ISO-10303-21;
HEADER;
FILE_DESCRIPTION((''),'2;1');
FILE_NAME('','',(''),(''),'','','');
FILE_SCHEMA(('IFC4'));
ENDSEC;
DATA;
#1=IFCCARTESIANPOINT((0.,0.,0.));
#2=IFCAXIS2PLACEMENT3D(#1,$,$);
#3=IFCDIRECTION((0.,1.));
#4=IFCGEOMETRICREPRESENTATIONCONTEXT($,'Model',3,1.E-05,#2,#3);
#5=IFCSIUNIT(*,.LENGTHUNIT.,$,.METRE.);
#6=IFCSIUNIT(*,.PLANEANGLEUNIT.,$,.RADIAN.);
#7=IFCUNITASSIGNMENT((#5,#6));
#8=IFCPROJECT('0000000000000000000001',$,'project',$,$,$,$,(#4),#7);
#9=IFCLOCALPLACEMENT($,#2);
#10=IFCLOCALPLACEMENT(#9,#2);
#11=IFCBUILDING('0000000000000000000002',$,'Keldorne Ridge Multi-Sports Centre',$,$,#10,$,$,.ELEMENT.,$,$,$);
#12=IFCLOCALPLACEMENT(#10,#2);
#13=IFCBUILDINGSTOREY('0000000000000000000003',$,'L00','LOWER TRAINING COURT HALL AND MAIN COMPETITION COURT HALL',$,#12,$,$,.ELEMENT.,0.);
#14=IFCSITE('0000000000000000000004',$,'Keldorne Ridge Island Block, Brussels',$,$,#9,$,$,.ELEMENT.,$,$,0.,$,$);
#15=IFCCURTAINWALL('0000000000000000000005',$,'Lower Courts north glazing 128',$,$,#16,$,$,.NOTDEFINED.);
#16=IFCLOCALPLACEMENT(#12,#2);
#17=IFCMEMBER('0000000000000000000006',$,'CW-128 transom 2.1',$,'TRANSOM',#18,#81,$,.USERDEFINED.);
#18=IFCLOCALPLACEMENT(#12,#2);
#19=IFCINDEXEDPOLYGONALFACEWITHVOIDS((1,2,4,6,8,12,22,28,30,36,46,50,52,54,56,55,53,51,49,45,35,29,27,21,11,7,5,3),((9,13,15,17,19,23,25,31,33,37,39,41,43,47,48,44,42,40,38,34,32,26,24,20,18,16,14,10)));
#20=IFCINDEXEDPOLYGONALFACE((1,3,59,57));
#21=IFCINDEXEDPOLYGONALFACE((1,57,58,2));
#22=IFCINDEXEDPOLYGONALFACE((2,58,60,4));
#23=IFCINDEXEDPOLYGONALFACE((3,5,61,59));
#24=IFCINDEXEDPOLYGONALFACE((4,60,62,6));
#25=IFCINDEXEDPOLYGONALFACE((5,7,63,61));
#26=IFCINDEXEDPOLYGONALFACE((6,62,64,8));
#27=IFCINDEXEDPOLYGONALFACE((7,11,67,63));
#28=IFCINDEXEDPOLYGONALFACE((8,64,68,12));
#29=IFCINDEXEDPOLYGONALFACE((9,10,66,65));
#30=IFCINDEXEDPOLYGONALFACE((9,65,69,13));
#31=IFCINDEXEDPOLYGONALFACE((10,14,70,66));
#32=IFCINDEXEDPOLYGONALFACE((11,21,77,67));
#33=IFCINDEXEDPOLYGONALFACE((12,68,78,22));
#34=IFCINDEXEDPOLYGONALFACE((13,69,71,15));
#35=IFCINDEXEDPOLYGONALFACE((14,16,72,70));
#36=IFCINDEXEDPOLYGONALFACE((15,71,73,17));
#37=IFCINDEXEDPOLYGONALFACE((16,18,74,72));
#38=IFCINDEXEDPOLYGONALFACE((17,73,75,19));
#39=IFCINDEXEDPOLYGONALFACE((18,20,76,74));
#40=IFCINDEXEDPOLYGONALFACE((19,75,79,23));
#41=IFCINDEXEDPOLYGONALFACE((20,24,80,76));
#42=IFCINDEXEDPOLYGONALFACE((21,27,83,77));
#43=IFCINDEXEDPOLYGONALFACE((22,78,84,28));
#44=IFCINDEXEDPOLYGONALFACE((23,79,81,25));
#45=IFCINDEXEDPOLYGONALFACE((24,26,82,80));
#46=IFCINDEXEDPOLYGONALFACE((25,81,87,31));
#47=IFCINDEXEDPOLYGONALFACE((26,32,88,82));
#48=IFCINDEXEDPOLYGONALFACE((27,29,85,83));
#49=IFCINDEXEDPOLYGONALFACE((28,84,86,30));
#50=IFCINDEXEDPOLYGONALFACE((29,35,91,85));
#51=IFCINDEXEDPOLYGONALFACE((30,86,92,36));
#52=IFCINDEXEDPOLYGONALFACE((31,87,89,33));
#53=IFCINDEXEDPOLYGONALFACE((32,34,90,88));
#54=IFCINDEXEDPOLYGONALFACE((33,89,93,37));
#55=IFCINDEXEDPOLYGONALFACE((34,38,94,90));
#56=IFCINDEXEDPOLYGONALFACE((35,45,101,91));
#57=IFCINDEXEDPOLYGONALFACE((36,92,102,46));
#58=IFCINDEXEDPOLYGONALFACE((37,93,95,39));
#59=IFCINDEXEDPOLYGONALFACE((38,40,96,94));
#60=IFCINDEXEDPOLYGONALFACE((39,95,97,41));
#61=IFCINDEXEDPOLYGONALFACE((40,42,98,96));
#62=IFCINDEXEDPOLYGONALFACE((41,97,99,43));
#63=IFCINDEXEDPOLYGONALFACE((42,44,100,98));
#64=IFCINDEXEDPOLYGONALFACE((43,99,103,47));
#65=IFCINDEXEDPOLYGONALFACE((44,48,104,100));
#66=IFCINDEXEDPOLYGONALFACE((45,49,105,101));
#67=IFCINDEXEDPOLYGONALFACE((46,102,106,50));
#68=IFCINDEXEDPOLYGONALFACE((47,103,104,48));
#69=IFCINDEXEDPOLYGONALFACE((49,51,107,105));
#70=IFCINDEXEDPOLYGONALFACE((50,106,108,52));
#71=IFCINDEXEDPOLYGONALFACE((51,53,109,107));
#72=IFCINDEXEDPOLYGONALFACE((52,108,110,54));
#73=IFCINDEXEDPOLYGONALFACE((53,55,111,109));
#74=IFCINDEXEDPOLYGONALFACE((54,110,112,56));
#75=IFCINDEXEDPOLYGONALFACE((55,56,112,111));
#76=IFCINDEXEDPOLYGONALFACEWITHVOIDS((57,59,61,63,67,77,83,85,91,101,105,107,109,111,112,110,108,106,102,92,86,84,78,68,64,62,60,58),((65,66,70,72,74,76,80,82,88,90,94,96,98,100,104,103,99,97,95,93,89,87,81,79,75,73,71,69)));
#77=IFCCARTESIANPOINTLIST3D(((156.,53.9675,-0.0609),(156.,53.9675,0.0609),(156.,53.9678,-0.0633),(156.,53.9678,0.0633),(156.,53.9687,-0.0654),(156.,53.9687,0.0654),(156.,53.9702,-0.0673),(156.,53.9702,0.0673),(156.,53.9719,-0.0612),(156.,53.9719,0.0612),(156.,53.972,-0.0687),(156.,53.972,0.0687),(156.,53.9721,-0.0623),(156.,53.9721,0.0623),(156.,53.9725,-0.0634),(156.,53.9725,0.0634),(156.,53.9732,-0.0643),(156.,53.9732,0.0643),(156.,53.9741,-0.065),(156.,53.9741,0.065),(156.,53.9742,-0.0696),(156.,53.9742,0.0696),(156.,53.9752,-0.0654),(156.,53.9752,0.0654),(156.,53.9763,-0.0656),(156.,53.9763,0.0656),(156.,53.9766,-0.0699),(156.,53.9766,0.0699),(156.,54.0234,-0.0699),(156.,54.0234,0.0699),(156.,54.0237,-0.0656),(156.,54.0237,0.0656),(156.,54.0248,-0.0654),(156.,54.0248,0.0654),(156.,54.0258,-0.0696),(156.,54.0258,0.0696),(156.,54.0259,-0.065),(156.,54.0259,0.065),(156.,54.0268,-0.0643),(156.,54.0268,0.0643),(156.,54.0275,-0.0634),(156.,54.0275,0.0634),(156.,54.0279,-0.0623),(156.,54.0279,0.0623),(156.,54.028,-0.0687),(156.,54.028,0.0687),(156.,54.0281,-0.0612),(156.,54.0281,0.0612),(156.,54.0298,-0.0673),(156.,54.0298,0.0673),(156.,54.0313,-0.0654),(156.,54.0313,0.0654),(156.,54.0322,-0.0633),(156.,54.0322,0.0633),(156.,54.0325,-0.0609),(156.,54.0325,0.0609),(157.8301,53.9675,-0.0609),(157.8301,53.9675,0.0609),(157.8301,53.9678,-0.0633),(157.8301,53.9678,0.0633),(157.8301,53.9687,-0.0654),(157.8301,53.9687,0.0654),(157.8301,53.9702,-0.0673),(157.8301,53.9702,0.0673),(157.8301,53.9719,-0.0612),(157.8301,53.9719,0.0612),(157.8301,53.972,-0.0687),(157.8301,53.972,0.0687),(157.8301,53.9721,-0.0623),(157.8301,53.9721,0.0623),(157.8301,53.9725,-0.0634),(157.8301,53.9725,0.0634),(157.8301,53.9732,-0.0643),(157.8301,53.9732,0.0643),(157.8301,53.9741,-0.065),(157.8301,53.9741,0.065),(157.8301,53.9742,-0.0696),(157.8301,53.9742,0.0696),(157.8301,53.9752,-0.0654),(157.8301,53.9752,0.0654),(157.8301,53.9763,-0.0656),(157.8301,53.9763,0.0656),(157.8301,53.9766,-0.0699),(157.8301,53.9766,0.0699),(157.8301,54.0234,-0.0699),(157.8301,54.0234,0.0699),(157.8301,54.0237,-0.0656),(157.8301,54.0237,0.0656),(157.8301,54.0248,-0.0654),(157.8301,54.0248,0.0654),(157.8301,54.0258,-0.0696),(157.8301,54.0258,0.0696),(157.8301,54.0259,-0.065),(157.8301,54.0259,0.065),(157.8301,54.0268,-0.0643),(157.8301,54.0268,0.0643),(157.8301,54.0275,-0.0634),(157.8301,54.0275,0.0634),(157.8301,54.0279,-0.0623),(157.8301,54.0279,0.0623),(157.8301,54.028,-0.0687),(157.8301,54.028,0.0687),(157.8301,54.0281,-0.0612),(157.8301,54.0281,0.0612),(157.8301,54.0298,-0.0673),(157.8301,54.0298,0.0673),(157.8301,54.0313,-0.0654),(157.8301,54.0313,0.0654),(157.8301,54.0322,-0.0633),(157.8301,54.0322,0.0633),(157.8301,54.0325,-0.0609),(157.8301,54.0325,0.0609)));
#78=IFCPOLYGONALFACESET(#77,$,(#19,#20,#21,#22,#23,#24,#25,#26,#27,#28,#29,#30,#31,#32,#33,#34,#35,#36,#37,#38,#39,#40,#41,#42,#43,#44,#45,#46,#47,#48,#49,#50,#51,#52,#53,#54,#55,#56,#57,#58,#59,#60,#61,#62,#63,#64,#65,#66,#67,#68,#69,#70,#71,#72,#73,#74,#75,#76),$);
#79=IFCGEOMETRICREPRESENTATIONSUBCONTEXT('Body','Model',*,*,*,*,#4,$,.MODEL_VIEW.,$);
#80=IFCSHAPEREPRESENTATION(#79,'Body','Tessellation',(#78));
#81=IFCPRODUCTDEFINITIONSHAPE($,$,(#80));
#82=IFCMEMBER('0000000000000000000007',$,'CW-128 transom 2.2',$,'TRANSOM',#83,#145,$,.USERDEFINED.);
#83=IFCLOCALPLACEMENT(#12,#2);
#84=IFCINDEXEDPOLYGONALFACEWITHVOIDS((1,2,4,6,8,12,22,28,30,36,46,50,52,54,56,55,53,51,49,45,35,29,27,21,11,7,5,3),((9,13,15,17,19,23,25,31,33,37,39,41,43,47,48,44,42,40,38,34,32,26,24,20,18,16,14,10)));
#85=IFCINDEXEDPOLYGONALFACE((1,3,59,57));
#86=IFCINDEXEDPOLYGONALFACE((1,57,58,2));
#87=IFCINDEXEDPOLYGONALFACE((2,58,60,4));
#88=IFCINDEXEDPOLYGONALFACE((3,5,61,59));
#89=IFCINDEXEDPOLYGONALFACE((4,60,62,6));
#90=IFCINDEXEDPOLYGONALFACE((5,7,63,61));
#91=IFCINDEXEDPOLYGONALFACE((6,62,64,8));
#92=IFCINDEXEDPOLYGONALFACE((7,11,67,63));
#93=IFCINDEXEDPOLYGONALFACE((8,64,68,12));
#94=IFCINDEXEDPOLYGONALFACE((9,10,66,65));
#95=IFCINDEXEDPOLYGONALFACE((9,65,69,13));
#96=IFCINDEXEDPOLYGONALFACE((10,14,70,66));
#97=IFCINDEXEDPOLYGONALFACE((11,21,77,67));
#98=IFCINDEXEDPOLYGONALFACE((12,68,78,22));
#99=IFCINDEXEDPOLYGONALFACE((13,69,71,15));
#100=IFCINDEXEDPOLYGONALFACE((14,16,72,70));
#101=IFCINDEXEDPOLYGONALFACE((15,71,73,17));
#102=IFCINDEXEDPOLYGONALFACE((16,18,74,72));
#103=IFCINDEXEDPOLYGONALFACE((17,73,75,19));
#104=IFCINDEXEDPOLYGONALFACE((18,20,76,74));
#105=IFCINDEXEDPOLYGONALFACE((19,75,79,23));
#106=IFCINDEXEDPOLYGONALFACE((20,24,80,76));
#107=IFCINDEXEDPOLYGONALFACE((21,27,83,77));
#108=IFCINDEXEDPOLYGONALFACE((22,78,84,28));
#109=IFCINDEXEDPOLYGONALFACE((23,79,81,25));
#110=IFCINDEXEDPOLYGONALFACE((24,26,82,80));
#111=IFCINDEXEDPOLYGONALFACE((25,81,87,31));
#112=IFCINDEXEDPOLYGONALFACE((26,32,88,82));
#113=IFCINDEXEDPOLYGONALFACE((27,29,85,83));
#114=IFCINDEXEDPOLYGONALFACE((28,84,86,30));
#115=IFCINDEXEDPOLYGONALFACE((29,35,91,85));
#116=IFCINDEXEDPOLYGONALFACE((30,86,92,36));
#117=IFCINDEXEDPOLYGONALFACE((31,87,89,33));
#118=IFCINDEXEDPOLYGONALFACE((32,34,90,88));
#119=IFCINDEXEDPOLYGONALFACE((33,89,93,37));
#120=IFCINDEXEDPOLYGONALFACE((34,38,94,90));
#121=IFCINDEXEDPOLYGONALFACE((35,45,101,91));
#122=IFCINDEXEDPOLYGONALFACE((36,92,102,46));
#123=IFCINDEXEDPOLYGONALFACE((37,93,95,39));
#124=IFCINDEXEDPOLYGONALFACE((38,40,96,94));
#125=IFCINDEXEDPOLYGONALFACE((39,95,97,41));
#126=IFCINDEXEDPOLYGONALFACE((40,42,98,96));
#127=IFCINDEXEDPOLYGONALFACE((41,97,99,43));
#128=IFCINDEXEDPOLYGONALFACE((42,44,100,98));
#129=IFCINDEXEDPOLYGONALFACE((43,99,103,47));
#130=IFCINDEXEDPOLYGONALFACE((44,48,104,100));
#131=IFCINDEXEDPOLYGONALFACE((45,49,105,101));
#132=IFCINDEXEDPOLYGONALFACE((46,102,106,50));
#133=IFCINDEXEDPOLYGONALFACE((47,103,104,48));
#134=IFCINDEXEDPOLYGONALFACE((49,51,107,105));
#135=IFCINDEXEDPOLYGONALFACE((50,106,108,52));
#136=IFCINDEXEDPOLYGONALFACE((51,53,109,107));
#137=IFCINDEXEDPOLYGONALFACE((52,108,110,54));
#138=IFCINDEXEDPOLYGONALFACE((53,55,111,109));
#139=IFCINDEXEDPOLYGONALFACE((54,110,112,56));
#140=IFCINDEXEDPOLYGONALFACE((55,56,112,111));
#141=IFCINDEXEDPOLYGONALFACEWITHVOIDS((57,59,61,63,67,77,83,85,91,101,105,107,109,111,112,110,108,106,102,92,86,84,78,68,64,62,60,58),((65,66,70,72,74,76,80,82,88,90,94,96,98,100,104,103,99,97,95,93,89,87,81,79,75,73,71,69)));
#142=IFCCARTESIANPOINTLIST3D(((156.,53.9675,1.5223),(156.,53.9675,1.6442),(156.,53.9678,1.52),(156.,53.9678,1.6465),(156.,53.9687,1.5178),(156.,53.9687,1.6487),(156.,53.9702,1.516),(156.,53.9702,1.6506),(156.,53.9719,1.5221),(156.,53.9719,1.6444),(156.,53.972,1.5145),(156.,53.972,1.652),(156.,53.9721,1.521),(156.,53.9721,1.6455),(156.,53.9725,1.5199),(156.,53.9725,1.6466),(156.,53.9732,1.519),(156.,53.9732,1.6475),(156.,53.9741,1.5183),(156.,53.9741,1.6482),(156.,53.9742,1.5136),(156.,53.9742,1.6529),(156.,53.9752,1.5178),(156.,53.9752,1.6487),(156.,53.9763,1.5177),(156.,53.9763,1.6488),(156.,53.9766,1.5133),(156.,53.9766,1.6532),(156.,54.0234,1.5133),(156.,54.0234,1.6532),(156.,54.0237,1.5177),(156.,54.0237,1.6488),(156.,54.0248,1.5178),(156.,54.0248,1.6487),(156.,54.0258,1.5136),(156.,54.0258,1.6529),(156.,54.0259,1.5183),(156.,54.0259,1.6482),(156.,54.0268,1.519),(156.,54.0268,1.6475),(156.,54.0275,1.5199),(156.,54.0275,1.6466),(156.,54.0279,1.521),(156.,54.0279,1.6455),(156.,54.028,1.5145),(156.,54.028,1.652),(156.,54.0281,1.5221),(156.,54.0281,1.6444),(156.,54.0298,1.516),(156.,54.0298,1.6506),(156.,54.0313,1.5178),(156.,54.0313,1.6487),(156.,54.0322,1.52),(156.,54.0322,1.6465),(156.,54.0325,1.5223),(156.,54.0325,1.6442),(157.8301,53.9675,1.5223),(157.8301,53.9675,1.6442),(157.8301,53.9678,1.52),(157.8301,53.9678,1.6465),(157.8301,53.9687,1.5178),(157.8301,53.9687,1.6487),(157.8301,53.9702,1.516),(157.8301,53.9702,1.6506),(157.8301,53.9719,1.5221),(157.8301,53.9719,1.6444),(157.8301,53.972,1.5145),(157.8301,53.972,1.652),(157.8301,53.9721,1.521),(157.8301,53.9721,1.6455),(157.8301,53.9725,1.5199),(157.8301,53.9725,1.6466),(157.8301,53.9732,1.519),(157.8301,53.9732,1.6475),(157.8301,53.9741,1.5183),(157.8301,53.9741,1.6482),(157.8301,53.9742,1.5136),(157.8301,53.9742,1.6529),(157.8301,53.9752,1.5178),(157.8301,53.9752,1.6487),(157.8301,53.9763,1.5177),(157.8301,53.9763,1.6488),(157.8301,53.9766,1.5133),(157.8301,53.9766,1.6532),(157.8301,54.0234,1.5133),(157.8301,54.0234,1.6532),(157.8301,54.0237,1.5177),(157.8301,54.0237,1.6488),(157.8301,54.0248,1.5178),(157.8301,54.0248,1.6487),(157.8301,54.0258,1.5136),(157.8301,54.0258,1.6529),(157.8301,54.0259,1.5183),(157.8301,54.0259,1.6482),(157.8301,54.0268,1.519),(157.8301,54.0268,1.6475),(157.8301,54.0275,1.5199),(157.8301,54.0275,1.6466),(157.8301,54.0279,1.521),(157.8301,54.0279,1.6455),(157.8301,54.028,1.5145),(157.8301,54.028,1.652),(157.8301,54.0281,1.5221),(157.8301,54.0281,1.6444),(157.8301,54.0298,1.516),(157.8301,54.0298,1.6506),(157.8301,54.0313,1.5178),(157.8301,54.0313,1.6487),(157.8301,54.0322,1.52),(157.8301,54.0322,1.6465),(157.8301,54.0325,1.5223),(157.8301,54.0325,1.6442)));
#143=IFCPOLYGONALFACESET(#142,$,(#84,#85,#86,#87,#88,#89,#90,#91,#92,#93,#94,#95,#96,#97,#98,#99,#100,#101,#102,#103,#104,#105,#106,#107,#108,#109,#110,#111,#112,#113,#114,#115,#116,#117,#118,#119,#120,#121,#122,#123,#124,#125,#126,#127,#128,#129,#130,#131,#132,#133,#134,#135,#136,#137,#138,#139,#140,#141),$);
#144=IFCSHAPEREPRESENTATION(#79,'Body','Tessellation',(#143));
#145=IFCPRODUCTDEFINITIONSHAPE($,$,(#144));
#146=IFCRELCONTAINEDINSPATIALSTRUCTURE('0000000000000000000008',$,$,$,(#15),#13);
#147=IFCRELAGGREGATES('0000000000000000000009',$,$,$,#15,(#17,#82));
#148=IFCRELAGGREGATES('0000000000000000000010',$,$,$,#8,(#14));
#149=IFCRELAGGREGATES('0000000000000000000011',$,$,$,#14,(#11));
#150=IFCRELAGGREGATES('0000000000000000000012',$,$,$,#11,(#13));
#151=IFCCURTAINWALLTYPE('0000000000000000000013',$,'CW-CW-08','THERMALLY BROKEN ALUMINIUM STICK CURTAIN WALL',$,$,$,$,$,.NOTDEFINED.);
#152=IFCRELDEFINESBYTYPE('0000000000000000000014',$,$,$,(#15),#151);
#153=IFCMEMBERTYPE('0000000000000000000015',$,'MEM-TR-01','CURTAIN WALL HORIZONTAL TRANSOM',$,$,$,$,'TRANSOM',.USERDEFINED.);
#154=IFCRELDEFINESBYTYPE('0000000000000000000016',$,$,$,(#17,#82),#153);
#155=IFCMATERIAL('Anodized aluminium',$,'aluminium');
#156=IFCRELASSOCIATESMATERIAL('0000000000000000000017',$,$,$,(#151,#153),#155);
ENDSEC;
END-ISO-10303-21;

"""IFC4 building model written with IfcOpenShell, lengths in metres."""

from ifc_helpers import new_model, si_unit, direction, frame, origin, origin_2d, place, context, subcontext, project, spatial, hollow_rectangle, extrude, material, material_profile, profile_set, type_object, element, aggregate, save


model = new_model("IFC4")

# Units and contexts
model_context = context("Model", 3, precision=1e-05, world=origin(), true_north=direction((0.0, 1.0)))
body_context = subcontext(model_context, "Body", "Model", "MODEL_VIEW")
ifc_project = project(units=[si_unit("LENGTHUNIT", "METRE"), si_unit("PLANEANGLEUNIT", "RADIAN")], contexts=[model_context])

# Site, building, storey
site_placement = place(None, origin())
site = spatial("IfcSite", under=ifc_project, at=site_placement, Name="Keldorne Ridge Island Block, Brussels", CompositionType="ELEMENT", RefElevation=0.0)
building_placement = place(site_placement, origin())
building = spatial("IfcBuilding", under=site, at=building_placement, Name="Keldorne Ridge Multi-Sports Centre", CompositionType="ELEMENT")
storey_placement = place(building_placement, origin())
storey = spatial("IfcBuildingStorey", under=building, at=storey_placement, Name="L00", Description="LOWER TRAINING COURT HALL AND MAIN COMPETITION COURT HALL", CompositionType="ELEMENT", Elevation=0.0)

# Curtain wall
ifc_material_1 = material(Name="Anodized aluminium", Category="aluminium")
curtain_wall_type_1 = type_object("IfcCurtainWallType", Name="CW-CW-08", Description="THERMALLY BROKEN ALUMINIUM STICK CURTAIN WALL", PredefinedType="NOTDEFINED", material=ifc_material_1)
curtain_wall_1_placement = place(storey_placement, origin())
curtain_wall_1 = element("IfcCurtainWall", 1, at=curtain_wall_1_placement, inside=storey, type_object=curtain_wall_type_1, Name="Lower Courts north glazing 128", PredefinedType="NOTDEFINED")

# Members
ifc_material_profile_1 = material_profile(ifc_material_1, hollow_rectangle(XDim=0.0649, YDim=0.1399, WallThickness=0.0044, InnerFilletRadius=0.0044, OuterFilletRadius=0.009, at=origin_2d()), Name="ALU TRANSOM 140x65x4.5")
ifc_profile_set_1 = profile_set([ifc_material_profile_1], Name="Anodized aluminium")
member_type_1 = type_object("IfcMemberType", Name="MEM-TR-01", Description="CURTAIN WALL HORIZONTAL TRANSOM", ElementType="TRANSOM", PredefinedType="USERDEFINED", material=ifc_profile_set_1)
member_1_placement = place(storey_placement, frame((157.8301, 54.0, 0.0), z_axis=(-1.0, 0.0, 0.0), x_axis=(0.0, -1.0, 0.0)))
member_1 = element("IfcMember", 2, at=member_1_placement, type_object=member_type_1, Name="CW-128 transom 2.1", ObjectType="TRANSOM", PredefinedType="USERDEFINED", context=body_context, shape_type="SweptSolid", body=[
    extrude(hollow_rectangle(XDim=0.0649, YDim=0.1399, WallThickness=0.0044, InnerFilletRadius=0.0044, OuterFilletRadius=0.009, at=origin_2d()), origin(), (0.0, 0.0, 1.0), 1.8301),
])
member_2_placement = place(storey_placement, frame((157.8301, 54.0, 1.5833), z_axis=(-1.0, 0.0, 0.0), x_axis=(0.0, -1.0, 0.0)))
member_2 = element("IfcMember", 3, at=member_2_placement, type_object=member_type_1, Name="CW-128 transom 2.2", ObjectType="TRANSOM", PredefinedType="USERDEFINED", context=body_context, shape_type="SweptSolid", body=[
    extrude(hollow_rectangle(XDim=0.0649, YDim=0.1399, WallThickness=0.0044, InnerFilletRadius=0.0044, OuterFilletRadius=0.009, at=origin_2d()), origin(), (0.0, 0.0, 1.0), 1.8301),
])

aggregate(curtain_wall_1, [member_1, member_2])

save(model, "model.ifc")
